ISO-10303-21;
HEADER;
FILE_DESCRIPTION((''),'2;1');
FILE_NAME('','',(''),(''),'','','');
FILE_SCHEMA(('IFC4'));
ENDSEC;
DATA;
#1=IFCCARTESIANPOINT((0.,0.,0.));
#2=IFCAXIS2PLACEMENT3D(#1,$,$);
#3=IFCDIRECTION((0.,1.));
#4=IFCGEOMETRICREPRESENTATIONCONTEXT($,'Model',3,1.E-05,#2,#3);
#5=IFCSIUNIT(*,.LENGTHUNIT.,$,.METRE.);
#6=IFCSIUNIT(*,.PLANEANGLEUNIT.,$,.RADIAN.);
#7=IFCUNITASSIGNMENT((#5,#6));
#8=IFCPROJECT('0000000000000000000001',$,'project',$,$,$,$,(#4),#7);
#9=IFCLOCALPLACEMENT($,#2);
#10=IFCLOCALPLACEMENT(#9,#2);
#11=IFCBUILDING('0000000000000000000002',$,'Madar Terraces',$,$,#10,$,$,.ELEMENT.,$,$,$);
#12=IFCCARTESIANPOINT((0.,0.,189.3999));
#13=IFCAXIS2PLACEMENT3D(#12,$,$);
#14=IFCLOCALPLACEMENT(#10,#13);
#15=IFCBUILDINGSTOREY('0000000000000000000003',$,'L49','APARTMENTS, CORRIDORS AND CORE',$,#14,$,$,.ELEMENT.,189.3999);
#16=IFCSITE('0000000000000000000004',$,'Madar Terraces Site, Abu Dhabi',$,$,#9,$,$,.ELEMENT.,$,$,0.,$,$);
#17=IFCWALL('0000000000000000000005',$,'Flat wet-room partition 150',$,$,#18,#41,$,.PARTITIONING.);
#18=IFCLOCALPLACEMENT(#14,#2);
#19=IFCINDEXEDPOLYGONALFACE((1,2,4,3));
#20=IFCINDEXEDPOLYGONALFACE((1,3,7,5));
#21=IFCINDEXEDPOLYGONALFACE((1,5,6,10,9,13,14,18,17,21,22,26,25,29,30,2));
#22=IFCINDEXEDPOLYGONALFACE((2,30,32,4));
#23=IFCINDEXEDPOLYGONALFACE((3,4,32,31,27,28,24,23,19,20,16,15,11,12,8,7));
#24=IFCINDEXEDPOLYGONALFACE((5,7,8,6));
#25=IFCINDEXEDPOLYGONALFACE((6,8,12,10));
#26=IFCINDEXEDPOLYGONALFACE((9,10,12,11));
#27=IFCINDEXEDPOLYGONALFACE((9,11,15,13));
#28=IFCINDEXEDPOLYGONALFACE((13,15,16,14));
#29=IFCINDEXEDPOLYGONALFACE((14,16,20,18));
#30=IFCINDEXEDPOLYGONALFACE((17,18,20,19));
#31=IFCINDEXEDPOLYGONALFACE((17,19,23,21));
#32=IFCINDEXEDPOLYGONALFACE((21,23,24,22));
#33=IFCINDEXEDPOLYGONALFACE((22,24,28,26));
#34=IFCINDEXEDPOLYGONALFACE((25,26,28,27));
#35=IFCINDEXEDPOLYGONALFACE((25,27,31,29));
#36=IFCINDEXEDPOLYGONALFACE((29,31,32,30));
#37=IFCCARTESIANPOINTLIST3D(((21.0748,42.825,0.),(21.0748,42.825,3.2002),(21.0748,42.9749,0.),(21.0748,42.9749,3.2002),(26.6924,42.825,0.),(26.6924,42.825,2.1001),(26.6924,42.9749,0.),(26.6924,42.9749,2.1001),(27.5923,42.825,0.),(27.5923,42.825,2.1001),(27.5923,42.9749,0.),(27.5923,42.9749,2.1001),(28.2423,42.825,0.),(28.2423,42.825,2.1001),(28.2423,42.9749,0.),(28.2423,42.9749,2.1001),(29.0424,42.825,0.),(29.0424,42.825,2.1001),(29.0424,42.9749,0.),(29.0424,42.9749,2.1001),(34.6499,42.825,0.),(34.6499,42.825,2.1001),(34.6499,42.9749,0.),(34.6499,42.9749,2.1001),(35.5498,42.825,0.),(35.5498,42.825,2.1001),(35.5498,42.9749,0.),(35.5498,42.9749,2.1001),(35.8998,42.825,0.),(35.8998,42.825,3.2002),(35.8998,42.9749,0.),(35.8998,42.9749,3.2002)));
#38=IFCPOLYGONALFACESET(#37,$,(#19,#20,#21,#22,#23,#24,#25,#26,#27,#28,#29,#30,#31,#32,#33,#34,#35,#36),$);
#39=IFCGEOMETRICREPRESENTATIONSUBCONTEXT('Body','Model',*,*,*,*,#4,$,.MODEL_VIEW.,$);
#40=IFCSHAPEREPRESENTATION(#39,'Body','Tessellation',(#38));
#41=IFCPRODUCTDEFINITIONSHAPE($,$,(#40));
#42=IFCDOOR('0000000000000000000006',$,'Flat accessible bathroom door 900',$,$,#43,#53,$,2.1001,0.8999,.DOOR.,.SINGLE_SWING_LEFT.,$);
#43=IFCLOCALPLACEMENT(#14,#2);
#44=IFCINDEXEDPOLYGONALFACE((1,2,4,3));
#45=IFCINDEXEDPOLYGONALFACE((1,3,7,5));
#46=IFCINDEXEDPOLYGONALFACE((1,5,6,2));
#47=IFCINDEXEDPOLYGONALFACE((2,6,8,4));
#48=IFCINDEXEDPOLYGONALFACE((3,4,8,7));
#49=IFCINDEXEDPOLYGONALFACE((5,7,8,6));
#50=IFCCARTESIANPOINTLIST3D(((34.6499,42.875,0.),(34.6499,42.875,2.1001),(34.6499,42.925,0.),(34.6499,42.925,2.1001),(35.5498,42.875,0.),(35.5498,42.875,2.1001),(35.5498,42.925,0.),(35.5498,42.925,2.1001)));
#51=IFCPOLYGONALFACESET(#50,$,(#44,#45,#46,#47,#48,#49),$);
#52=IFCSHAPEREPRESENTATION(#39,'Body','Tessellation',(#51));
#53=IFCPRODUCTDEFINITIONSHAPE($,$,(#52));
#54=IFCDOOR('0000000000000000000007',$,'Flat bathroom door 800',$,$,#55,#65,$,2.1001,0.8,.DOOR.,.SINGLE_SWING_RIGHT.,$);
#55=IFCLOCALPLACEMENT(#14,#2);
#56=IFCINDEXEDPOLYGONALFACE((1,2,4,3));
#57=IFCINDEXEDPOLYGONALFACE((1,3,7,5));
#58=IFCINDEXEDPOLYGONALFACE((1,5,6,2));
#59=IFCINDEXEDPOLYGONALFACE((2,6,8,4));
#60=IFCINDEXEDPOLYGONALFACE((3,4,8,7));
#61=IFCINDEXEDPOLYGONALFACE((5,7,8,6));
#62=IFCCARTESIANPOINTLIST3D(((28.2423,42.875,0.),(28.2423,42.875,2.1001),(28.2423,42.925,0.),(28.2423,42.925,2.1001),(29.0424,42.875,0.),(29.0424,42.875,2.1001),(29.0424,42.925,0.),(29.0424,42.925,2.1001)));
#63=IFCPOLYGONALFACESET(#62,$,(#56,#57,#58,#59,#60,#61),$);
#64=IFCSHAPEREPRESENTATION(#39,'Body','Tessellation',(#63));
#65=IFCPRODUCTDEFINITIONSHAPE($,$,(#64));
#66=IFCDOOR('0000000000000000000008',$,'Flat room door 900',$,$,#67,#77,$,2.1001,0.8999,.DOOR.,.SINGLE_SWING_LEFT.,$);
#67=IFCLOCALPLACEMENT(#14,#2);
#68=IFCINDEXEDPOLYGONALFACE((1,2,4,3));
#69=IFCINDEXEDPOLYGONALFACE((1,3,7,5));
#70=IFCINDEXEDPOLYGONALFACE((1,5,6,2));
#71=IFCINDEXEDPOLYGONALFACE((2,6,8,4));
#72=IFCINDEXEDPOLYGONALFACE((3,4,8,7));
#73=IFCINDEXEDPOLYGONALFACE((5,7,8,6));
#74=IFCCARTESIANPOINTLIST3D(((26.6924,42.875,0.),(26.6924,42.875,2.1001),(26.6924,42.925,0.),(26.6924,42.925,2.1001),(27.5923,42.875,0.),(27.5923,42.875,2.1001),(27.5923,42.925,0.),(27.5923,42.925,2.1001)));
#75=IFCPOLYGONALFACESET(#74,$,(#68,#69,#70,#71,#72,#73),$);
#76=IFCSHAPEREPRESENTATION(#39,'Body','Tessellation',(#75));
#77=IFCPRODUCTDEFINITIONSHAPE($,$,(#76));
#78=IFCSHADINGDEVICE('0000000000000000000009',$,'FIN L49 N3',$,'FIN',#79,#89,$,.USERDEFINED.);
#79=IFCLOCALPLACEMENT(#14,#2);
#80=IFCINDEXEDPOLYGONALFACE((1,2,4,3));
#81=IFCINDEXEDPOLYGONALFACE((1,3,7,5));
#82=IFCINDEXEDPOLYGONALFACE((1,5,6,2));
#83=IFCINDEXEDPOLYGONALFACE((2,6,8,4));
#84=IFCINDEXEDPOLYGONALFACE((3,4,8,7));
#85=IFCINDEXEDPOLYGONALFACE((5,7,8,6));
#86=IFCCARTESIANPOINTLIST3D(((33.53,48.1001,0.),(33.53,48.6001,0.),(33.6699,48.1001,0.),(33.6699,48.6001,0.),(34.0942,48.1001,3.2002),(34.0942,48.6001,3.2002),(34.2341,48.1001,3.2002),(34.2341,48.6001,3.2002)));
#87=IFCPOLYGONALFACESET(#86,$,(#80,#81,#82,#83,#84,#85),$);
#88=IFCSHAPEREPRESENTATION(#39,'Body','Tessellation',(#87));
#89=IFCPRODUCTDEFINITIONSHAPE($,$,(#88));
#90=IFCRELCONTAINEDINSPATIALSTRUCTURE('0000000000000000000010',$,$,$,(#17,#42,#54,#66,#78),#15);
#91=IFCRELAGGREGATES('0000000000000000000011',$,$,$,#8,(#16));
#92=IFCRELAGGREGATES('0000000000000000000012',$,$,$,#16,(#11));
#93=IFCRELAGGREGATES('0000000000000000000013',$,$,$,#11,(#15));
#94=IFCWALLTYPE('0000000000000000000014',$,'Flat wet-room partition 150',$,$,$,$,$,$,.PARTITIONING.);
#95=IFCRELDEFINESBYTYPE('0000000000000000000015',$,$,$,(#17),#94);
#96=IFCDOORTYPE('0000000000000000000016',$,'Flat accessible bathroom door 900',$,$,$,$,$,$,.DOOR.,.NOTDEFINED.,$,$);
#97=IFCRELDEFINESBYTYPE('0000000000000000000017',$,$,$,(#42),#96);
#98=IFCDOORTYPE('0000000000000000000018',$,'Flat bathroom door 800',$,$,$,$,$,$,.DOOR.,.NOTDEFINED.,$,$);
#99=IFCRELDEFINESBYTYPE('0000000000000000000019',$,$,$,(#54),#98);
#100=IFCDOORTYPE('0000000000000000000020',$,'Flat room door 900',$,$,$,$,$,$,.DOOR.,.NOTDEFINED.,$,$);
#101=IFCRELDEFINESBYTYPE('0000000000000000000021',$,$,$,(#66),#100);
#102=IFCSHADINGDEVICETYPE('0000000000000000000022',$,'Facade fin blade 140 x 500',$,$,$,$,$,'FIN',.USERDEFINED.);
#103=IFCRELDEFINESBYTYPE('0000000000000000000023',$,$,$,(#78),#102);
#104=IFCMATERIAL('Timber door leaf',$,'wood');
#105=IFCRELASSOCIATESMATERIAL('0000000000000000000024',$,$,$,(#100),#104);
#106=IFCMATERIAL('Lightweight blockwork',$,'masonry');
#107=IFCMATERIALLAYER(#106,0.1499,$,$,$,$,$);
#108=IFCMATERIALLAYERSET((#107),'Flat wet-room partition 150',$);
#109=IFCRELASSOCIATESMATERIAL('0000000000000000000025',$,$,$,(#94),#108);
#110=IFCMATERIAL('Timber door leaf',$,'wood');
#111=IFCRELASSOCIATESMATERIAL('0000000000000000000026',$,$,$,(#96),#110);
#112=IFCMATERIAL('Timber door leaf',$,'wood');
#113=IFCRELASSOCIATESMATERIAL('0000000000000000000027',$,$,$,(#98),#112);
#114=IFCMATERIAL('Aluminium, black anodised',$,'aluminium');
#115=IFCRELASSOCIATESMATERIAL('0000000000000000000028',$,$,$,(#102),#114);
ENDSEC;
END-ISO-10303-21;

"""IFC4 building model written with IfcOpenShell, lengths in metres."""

from ifc_helpers import new_model, si_unit, direction, frame, frame_2d, origin, place, context, subcontext, project, spatial, polyline, rectangle, outline, extrude, material, layer, layer_set, type_object, element, fill, save


model = new_model("IFC4")

# Units and contexts
model_context = context("Model", 3, precision=1e-05, world=origin(), true_north=direction((0.0, 1.0)))
body_context = subcontext(model_context, "Body", "Model", "MODEL_VIEW")
ifc_project = project(units=[si_unit("LENGTHUNIT", "METRE"), si_unit("PLANEANGLEUNIT", "RADIAN")], contexts=[model_context])

# Site, building, storey
site_placement = place(None, origin())
site = spatial("IfcSite", under=ifc_project, at=site_placement, Name="Madar Terraces Site, Abu Dhabi", CompositionType="ELEMENT", RefElevation=0.0)
building_placement = place(site_placement, origin())
building = spatial("IfcBuilding", under=site, at=building_placement, Name="Madar Terraces", CompositionType="ELEMENT")
storey_placement = place(building_placement, frame((0.0, 0.0, 189.3999)))
storey = spatial("IfcBuildingStorey", under=building, at=storey_placement, Name="L49", Description="APARTMENTS, CORRIDORS AND CORE", CompositionType="ELEMENT", Elevation=189.3999)

# Shared definitions
ifc_material_1 = material(Name="Timber door leaf", Category="wood")
door_type_1 = type_object("IfcDoorType", Name="Flat room door 900", OperationType="NOTDEFINED", PredefinedType="DOOR", material=ifc_material_1)

# Shared definitions
ifc_material_2 = material(Name="Lightweight blockwork", Category="masonry")
ifc_layer_1 = layer(ifc_material_2, 0.1499)
ifc_layer_set_1 = layer_set([ifc_layer_1], Name="Flat wet-room partition 150")
wall_type_1 = type_object("IfcWallType", Name="Flat wet-room partition 150", PredefinedType="PARTITIONING", material=ifc_layer_set_1)

# Wall, openings, doors
wall_1_placement = place(storey_placement, frame((35.8999, 42.8999, 0.0), z_axis=(0.0, 0.0, 1.0), x_axis=(-1.0, 0.0, 0.0)))
wall_1 = element("IfcWall", 1, at=wall_1_placement, inside=storey, type_object=wall_type_1, Name="Flat wet-room partition 150", PredefinedType="PARTITIONING", context=body_context, shape_type="SweptSolid", body=[
    extrude(rectangle(XDim=14.825, YDim=0.1499, at=frame_2d((7.4126, 0.0))), origin(), (0.0, 0.0, 1.0), 3.2002),
])
opening_1_placement = place(wall_1_placement, frame((8.3076, 0.0, 0.0)))
opening_1 = element("IfcOpeningElement", 2, at=opening_1_placement, cuts=wall_1, PredefinedType="OPENING", context=body_context, shape_type="SweptSolid", body=[
    extrude(rectangle(XDim=0.8999, YDim=2.1001, at=frame_2d((0.45, 1.05))), frame((0.0, 0.085, 0.0), z_axis=(0.0, -1.0, 0.0), x_axis=(1.0, 0.0, 0.0)), (0.0, 0.0, 1.0), 0.1699),
])
opening_2_placement = place(wall_1_placement, frame((6.8577, 0.0, 0.0)))
opening_2 = element("IfcOpeningElement", 3, at=opening_2_placement, cuts=wall_1, PredefinedType="OPENING", context=body_context, shape_type="SweptSolid", body=[
    extrude(rectangle(XDim=0.8, YDim=2.1001, at=frame_2d((0.3999, 1.05))), frame((0.0, 0.085, 0.0), z_axis=(0.0, -1.0, 0.0), x_axis=(1.0, 0.0, 0.0)), (0.0, 0.0, 1.0), 0.1699),
])
opening_3_placement = place(wall_1_placement, frame((0.3501, 0.0, 0.0)))
opening_3 = element("IfcOpeningElement", 4, at=opening_3_placement, cuts=wall_1, PredefinedType="OPENING", context=body_context, shape_type="SweptSolid", body=[
    extrude(rectangle(XDim=0.8999, YDim=2.1001, at=frame_2d((0.45, 1.05))), frame((0.0, 0.085, 0.0), z_axis=(0.0, -1.0, 0.0), x_axis=(1.0, 0.0, 0.0)), (0.0, 0.0, 1.0), 0.1699),
])
ifc_material_3 = material(Name="Timber door leaf", Category="wood")
door_type_2 = type_object("IfcDoorType", Name="Flat accessible bathroom door 900", OperationType="NOTDEFINED", PredefinedType="DOOR", material=ifc_material_3)
door_1_placement = place(opening_3_placement, origin())
door_1 = element("IfcDoor", 5, at=door_1_placement, inside=storey, type_object=door_type_2, Name="Flat accessible bathroom door 900", OperationType="SINGLE_SWING_LEFT", OverallHeight=2.1001, OverallWidth=0.8999, PredefinedType="DOOR", context=body_context, shape_type="SweptSolid", body=[
    extrude(rectangle(XDim=0.8999, YDim=2.1001, at=frame_2d((0.45, 1.05))), frame((0.0, 0.0249, 0.0), z_axis=(0.0, -1.0, 0.0), x_axis=(1.0, 0.0, 0.0)), (0.0, 0.0, 1.0), 0.05),
])
fill(opening_3, door_1)
ifc_material_4 = material(Name="Timber door leaf", Category="wood")
door_type_3 = type_object("IfcDoorType", Name="Flat bathroom door 800", OperationType="NOTDEFINED", PredefinedType="DOOR", material=ifc_material_4)
door_2_placement = place(opening_2_placement, origin())
door_2 = element("IfcDoor", 6, at=door_2_placement, inside=storey, type_object=door_type_3, Name="Flat bathroom door 800", OperationType="SINGLE_SWING_RIGHT", OverallHeight=2.1001, OverallWidth=0.8, PredefinedType="DOOR", context=body_context, shape_type="SweptSolid", body=[
    extrude(rectangle(XDim=0.8, YDim=2.1001, at=frame_2d((0.3999, 1.05))), frame((0.0, 0.0249, 0.0), z_axis=(0.0, -1.0, 0.0), x_axis=(1.0, 0.0, 0.0)), (0.0, 0.0, 1.0), 0.05),
])
fill(opening_2, door_2)
door_3_placement = place(opening_1_placement, origin())
door_3 = element("IfcDoor", 7, at=door_3_placement, inside=storey, type_object=door_type_1, Name="Flat room door 900", OperationType="SINGLE_SWING_LEFT", OverallHeight=2.1001, OverallWidth=0.8999, PredefinedType="DOOR", context=body_context, shape_type="SweptSolid", body=[
    extrude(rectangle(XDim=0.8999, YDim=2.1001, at=frame_2d((0.45, 1.05))), frame((0.0, 0.0249, 0.0), z_axis=(0.0, -1.0, 0.0), x_axis=(1.0, 0.0, 0.0)), (0.0, 0.0, 1.0), 0.05),
])
fill(opening_1, door_3)

# Shading device
ifc_material_5 = material(Name="Aluminium, black anodised", Category="aluminium")
shading_device_type = type_object("IfcShadingDeviceType", Name="Facade fin blade 140 x 500", ElementType="FIN", PredefinedType="USERDEFINED", material=ifc_material_5)
shading_device_placement = place(storey_placement, frame((33.6699, 48.3501, 0.0), z_axis=(0.0, 0.0, 1.0), x_axis=(-1.0, 0.0, 0.0)))
element("IfcShadingDevice", 8, at=shading_device_placement, inside=storey, type_object=shading_device_type, Name="FIN L49 N3", ObjectType="FIN", PredefinedType="USERDEFINED", context=body_context, shape_type="SweptSolid", body=[
    extrude(outline(polyline([(0.0, 0.0), (0.1399, 0.0), (-0.4243, 3.2002), (-0.5642, 3.2002), (0.0, 0.0)])), frame((0.0, 0.25, 0.0), z_axis=(0.0, -1.0, 0.0), x_axis=(1.0, 0.0, 0.0)), (0.0, 0.0, 1.0), 0.5),
])

save(model, "model.ifc")
